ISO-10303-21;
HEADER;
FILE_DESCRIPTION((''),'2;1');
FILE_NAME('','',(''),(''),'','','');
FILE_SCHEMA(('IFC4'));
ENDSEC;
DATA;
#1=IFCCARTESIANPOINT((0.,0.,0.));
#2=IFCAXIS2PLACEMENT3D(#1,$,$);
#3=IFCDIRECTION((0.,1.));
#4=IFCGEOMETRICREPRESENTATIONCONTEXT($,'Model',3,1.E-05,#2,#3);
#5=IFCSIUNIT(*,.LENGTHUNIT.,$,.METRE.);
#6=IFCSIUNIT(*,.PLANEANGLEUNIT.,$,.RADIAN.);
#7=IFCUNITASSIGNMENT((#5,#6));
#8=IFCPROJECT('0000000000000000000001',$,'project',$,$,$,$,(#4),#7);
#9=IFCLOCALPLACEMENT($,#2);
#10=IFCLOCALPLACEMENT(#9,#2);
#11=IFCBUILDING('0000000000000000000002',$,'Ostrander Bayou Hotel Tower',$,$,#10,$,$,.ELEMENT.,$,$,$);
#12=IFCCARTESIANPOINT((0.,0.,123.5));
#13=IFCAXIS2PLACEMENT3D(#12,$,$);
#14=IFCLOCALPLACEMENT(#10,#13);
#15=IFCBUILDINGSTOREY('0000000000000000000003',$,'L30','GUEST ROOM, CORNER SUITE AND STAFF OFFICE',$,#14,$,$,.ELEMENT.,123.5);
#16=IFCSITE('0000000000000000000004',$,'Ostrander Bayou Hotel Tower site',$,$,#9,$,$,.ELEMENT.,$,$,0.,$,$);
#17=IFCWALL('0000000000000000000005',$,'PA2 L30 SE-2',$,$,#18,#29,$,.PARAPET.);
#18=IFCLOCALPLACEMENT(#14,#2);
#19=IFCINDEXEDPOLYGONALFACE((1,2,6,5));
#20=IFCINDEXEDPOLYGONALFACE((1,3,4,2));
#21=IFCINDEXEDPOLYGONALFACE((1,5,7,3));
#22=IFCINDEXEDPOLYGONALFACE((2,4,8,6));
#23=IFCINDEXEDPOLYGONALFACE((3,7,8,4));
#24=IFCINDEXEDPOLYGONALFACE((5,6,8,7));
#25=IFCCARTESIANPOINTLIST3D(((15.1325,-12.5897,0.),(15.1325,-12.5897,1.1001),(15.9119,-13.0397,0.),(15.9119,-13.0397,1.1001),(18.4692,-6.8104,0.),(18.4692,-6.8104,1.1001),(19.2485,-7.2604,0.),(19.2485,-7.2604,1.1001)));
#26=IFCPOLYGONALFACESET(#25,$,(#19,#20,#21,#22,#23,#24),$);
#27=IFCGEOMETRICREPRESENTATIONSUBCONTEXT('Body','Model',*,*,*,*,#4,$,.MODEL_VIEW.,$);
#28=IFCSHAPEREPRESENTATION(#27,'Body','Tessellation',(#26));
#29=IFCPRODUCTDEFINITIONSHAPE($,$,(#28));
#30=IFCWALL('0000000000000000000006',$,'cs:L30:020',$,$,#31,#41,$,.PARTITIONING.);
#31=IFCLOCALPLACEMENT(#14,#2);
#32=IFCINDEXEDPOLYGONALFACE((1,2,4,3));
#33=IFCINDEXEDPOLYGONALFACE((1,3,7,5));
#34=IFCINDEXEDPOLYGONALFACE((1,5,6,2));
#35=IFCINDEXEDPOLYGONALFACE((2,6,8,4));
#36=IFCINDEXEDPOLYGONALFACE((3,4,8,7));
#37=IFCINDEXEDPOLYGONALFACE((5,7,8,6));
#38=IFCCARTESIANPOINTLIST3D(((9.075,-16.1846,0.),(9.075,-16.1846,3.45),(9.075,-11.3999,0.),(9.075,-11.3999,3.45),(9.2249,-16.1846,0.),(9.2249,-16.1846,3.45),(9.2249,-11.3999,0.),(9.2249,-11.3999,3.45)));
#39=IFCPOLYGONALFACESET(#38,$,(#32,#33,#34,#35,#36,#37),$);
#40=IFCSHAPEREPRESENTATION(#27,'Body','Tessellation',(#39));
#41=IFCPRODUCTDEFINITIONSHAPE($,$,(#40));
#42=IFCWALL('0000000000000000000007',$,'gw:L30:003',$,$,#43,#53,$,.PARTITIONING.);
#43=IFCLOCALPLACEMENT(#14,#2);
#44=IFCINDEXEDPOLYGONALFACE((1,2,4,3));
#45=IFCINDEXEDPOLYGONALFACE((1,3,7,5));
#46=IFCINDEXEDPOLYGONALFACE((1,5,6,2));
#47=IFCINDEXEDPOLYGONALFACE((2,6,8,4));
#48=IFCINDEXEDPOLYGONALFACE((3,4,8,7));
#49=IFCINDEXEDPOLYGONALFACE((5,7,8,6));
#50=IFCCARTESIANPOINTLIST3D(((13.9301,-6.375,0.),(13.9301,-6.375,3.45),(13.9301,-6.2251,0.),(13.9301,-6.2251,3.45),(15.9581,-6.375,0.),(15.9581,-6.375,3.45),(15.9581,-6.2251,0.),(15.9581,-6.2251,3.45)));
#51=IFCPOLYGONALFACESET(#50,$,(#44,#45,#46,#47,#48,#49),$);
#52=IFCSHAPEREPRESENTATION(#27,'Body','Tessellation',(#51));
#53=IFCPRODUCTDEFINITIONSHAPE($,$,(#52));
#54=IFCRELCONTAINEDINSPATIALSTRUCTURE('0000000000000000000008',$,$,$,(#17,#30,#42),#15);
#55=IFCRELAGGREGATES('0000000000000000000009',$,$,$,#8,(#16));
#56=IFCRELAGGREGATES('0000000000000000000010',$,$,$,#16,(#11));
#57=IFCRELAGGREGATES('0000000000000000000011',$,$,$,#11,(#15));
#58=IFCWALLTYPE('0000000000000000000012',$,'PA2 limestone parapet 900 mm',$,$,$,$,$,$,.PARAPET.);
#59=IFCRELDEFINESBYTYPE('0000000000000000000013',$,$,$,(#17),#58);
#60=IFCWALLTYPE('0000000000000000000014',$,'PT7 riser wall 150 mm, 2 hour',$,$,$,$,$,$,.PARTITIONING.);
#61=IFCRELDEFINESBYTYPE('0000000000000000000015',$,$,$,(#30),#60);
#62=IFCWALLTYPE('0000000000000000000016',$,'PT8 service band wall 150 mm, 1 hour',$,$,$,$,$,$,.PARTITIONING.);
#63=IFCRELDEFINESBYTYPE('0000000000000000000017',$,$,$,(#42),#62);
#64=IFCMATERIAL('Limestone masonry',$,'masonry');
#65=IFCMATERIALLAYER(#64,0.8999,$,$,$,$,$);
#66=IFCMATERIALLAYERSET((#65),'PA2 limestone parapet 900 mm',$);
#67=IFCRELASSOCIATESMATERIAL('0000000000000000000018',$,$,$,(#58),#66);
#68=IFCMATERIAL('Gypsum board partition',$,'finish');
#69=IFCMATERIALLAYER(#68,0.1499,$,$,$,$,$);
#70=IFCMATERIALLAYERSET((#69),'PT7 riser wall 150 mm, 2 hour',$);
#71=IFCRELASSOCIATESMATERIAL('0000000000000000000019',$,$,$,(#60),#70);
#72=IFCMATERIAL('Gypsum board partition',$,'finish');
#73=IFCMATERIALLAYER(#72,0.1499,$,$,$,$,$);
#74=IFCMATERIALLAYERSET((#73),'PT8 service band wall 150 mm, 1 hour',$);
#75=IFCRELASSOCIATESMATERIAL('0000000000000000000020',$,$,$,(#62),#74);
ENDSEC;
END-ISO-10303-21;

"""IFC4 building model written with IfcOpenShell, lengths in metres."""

from ifc_helpers import new_model, si_unit, direction, frame, frame_2d, origin, place, context, subcontext, project, spatial, rectangle, extrude, material, layer, layer_set, type_object, element, save


model = new_model("IFC4")

# Units and contexts
model_context = context("Model", 3, precision=1e-05, world=origin(), true_north=direction((0.0, 1.0)))
body_context = subcontext(model_context, "Body", "Model", "MODEL_VIEW")
ifc_project = project(units=[si_unit("LENGTHUNIT", "METRE"), si_unit("PLANEANGLEUNIT", "RADIAN")], contexts=[model_context])

# Site, building, storey
site_placement = place(None, origin())
site = spatial("IfcSite", under=ifc_project, at=site_placement, Name="Ostrander Bayou Hotel Tower site", CompositionType="ELEMENT", RefElevation=0.0)
building_placement = place(site_placement, origin())
building = spatial("IfcBuilding", under=site, at=building_placement, Name="Ostrander Bayou Hotel Tower", CompositionType="ELEMENT")
storey_placement = place(building_placement, frame((0.0, 0.0, 123.5)))
storey = spatial("IfcBuildingStorey", under=building, at=storey_placement, Name="L30", Description="GUEST ROOM, CORNER SUITE AND STAFF OFFICE", CompositionType="ELEMENT", Elevation=123.5)

# Walls
ifc_material_1 = material(Name="Limestone masonry", Category="masonry")
ifc_layer_1 = layer(ifc_material_1, 0.8999)
ifc_layer_set_1 = layer_set([ifc_layer_1], Name="PA2 limestone parapet 900 mm")
wall_type_1 = type_object("IfcWallType", Name="PA2 limestone parapet 900 mm", PredefinedType="PARAPET", material=ifc_layer_set_1)
wall_1_placement = place(storey_placement, frame((15.5222, -12.8147, 0.0), z_axis=(0.0, 0.0, 1.0), x_axis=(0.499999, 0.866026, 0.0)))
element("IfcWall", 1, at=wall_1_placement, inside=storey, type_object=wall_type_1, Name="PA2 L30 SE-2", PredefinedType="PARAPET", context=body_context, shape_type="SweptSolid", body=[
    extrude(rectangle(XDim=6.6733, YDim=0.8999, at=frame_2d((3.3367, 0.0))), origin(), (0.0, 0.0, 1.0), 1.1001),
])
ifc_material_2 = material(Name="Gypsum board partition", Category="finish")
ifc_layer_2 = layer(ifc_material_2, 0.1499)
ifc_layer_set_2 = layer_set([ifc_layer_2], Name="PT7 riser wall 150 mm, 2 hour")
wall_type_2 = type_object("IfcWallType", Name="PT7 riser wall 150 mm, 2 hour", PredefinedType="PARTITIONING", material=ifc_layer_set_2)
wall_2_placement = place(storey_placement, frame((9.1499, -11.3999, 0.0), z_axis=(0.0, 0.0, 1.0), x_axis=(0.0, -1.0, 0.0)))
element("IfcWall", 2, at=wall_2_placement, inside=storey, type_object=wall_type_2, Name="cs:L30:020", PredefinedType="PARTITIONING", context=body_context, shape_type="SweptSolid", body=[
    extrude(rectangle(XDim=4.7847, YDim=0.1499, at=frame_2d((2.3923, 0.0))), origin(), (0.0, 0.0, 1.0), 3.45),
])
ifc_material_3 = material(Name="Gypsum board partition", Category="finish")
ifc_layer_3 = layer(ifc_material_3, 0.1499)
ifc_layer_set_3 = layer_set([ifc_layer_3], Name="PT8 service band wall 150 mm, 1 hour")
wall_type_3 = type_object("IfcWallType", Name="PT8 service band wall 150 mm, 1 hour", PredefinedType="PARTITIONING", material=ifc_layer_set_3)
wall_3_placement = place(storey_placement, frame((13.9299, -6.3, 0.0), z_axis=(0.0, 0.0, 1.0), x_axis=(1.0, 0.0, 0.0)))
element("IfcWall", 3, at=wall_3_placement, inside=storey, type_object=wall_type_3, Name="gw:L30:003", PredefinedType="PARTITIONING", context=body_context, shape_type="SweptSolid", body=[
    extrude(rectangle(XDim=2.0281, YDim=0.1499, at=frame_2d((1.0142, 0.0))), origin(), (0.0, 0.0, 1.0), 3.45),
])

save(model, "model.ifc")
